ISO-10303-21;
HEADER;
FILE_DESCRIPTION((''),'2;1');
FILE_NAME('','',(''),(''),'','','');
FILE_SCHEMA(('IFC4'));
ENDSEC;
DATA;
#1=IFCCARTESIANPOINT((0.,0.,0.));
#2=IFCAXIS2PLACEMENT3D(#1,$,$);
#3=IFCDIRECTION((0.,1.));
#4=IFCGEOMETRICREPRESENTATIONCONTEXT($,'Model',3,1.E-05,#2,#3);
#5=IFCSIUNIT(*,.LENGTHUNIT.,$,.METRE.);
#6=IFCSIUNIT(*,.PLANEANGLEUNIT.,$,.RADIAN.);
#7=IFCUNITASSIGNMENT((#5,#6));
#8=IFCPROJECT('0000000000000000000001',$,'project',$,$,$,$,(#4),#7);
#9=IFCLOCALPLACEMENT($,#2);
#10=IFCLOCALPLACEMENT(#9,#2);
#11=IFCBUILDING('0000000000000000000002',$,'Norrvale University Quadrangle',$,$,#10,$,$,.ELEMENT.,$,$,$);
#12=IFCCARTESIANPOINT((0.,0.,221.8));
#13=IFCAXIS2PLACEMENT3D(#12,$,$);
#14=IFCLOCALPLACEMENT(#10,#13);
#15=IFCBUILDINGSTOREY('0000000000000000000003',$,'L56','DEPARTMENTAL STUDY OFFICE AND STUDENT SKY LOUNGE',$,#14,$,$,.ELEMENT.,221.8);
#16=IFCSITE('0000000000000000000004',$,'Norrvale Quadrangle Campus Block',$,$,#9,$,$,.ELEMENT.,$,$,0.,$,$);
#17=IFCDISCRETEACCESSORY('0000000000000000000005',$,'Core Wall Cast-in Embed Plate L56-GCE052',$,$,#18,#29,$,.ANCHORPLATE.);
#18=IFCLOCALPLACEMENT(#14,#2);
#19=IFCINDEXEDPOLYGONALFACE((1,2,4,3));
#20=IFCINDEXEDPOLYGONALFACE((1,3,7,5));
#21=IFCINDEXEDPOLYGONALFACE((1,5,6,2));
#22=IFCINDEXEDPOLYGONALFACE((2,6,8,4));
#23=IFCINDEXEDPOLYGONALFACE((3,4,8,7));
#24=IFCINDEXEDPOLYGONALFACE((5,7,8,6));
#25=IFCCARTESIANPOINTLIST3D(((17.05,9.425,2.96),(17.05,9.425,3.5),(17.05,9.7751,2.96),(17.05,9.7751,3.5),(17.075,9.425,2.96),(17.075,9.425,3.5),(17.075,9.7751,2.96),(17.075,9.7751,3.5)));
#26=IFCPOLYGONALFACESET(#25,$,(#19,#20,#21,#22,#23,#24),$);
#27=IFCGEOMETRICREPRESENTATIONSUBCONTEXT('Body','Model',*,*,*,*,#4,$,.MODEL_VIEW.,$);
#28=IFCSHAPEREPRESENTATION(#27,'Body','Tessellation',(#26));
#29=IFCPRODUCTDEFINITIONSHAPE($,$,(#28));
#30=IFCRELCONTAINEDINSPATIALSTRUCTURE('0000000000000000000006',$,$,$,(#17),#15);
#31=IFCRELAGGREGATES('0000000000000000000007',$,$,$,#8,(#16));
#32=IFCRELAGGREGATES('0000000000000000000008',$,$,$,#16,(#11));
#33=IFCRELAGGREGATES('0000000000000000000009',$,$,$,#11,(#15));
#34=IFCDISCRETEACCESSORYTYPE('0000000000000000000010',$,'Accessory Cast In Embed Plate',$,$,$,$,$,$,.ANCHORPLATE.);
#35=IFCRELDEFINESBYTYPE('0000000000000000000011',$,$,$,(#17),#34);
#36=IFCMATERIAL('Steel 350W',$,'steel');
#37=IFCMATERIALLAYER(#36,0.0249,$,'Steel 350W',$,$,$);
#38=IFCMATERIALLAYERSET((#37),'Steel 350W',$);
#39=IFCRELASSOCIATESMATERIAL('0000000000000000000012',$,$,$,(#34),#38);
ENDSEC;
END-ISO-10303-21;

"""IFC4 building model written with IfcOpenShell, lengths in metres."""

from ifc_helpers import new_model, si_unit, direction, frame, origin, origin_2d, place, context, subcontext, project, spatial, rectangle, extrude, material, layer, layer_set, type_object, element, save


model = new_model("IFC4")

# Units and contexts
model_context = context("Model", 3, precision=1e-05, world=origin(), true_north=direction((0.0, 1.0)))
body_context = subcontext(model_context, "Body", "Model", "MODEL_VIEW")
ifc_project = project(units=[si_unit("LENGTHUNIT", "METRE"), si_unit("PLANEANGLEUNIT", "RADIAN")], contexts=[model_context])

# Site, building, storey
site_placement = place(None, origin())
site = spatial("IfcSite", under=ifc_project, at=site_placement, Name="Norrvale Quadrangle Campus Block", CompositionType="ELEMENT", RefElevation=0.0)
building_placement = place(site_placement, origin())
building = spatial("IfcBuilding", under=site, at=building_placement, Name="Norrvale University Quadrangle", CompositionType="ELEMENT")
storey_placement = place(building_placement, frame((0.0, 0.0, 221.8)))
storey = spatial("IfcBuildingStorey", under=building, at=storey_placement, Name="L56", Description="DEPARTMENTAL STUDY OFFICE AND STUDENT SKY LOUNGE", CompositionType="ELEMENT", Elevation=221.8)

# Shared definitions
ifc_material_1 = material(Name="Steel 350W", Category="steel")

# Discrete accessory
ifc_layer_1 = layer(ifc_material_1, 0.0249, Name="Steel 350W")
ifc_layer_set_1 = layer_set([ifc_layer_1], Name="Steel 350W")
discrete_accessory_type = type_object("IfcDiscreteAccessoryType", Name="Accessory Cast In Embed Plate", PredefinedType="ANCHORPLATE", material=ifc_layer_set_1)
discrete_accessory_placement = place(storey_placement, frame((17.0625, 9.6001, 2.96), z_axis=(0.0, 0.0, 1.0), x_axis=(1.0, 0.0, 0.0)))
element("IfcDiscreteAccessory", 1, at=discrete_accessory_placement, inside=storey, type_object=discrete_accessory_type, Name="Core Wall Cast-in Embed Plate L56-GCE052", PredefinedType="ANCHORPLATE", context=body_context, shape_type="SweptSolid", body=[
    extrude(rectangle(XDim=0.0249, YDim=0.3501, at=origin_2d()), origin(), (0.0, 0.0, 1.0), 0.54),
])

save(model, "model.ifc")
